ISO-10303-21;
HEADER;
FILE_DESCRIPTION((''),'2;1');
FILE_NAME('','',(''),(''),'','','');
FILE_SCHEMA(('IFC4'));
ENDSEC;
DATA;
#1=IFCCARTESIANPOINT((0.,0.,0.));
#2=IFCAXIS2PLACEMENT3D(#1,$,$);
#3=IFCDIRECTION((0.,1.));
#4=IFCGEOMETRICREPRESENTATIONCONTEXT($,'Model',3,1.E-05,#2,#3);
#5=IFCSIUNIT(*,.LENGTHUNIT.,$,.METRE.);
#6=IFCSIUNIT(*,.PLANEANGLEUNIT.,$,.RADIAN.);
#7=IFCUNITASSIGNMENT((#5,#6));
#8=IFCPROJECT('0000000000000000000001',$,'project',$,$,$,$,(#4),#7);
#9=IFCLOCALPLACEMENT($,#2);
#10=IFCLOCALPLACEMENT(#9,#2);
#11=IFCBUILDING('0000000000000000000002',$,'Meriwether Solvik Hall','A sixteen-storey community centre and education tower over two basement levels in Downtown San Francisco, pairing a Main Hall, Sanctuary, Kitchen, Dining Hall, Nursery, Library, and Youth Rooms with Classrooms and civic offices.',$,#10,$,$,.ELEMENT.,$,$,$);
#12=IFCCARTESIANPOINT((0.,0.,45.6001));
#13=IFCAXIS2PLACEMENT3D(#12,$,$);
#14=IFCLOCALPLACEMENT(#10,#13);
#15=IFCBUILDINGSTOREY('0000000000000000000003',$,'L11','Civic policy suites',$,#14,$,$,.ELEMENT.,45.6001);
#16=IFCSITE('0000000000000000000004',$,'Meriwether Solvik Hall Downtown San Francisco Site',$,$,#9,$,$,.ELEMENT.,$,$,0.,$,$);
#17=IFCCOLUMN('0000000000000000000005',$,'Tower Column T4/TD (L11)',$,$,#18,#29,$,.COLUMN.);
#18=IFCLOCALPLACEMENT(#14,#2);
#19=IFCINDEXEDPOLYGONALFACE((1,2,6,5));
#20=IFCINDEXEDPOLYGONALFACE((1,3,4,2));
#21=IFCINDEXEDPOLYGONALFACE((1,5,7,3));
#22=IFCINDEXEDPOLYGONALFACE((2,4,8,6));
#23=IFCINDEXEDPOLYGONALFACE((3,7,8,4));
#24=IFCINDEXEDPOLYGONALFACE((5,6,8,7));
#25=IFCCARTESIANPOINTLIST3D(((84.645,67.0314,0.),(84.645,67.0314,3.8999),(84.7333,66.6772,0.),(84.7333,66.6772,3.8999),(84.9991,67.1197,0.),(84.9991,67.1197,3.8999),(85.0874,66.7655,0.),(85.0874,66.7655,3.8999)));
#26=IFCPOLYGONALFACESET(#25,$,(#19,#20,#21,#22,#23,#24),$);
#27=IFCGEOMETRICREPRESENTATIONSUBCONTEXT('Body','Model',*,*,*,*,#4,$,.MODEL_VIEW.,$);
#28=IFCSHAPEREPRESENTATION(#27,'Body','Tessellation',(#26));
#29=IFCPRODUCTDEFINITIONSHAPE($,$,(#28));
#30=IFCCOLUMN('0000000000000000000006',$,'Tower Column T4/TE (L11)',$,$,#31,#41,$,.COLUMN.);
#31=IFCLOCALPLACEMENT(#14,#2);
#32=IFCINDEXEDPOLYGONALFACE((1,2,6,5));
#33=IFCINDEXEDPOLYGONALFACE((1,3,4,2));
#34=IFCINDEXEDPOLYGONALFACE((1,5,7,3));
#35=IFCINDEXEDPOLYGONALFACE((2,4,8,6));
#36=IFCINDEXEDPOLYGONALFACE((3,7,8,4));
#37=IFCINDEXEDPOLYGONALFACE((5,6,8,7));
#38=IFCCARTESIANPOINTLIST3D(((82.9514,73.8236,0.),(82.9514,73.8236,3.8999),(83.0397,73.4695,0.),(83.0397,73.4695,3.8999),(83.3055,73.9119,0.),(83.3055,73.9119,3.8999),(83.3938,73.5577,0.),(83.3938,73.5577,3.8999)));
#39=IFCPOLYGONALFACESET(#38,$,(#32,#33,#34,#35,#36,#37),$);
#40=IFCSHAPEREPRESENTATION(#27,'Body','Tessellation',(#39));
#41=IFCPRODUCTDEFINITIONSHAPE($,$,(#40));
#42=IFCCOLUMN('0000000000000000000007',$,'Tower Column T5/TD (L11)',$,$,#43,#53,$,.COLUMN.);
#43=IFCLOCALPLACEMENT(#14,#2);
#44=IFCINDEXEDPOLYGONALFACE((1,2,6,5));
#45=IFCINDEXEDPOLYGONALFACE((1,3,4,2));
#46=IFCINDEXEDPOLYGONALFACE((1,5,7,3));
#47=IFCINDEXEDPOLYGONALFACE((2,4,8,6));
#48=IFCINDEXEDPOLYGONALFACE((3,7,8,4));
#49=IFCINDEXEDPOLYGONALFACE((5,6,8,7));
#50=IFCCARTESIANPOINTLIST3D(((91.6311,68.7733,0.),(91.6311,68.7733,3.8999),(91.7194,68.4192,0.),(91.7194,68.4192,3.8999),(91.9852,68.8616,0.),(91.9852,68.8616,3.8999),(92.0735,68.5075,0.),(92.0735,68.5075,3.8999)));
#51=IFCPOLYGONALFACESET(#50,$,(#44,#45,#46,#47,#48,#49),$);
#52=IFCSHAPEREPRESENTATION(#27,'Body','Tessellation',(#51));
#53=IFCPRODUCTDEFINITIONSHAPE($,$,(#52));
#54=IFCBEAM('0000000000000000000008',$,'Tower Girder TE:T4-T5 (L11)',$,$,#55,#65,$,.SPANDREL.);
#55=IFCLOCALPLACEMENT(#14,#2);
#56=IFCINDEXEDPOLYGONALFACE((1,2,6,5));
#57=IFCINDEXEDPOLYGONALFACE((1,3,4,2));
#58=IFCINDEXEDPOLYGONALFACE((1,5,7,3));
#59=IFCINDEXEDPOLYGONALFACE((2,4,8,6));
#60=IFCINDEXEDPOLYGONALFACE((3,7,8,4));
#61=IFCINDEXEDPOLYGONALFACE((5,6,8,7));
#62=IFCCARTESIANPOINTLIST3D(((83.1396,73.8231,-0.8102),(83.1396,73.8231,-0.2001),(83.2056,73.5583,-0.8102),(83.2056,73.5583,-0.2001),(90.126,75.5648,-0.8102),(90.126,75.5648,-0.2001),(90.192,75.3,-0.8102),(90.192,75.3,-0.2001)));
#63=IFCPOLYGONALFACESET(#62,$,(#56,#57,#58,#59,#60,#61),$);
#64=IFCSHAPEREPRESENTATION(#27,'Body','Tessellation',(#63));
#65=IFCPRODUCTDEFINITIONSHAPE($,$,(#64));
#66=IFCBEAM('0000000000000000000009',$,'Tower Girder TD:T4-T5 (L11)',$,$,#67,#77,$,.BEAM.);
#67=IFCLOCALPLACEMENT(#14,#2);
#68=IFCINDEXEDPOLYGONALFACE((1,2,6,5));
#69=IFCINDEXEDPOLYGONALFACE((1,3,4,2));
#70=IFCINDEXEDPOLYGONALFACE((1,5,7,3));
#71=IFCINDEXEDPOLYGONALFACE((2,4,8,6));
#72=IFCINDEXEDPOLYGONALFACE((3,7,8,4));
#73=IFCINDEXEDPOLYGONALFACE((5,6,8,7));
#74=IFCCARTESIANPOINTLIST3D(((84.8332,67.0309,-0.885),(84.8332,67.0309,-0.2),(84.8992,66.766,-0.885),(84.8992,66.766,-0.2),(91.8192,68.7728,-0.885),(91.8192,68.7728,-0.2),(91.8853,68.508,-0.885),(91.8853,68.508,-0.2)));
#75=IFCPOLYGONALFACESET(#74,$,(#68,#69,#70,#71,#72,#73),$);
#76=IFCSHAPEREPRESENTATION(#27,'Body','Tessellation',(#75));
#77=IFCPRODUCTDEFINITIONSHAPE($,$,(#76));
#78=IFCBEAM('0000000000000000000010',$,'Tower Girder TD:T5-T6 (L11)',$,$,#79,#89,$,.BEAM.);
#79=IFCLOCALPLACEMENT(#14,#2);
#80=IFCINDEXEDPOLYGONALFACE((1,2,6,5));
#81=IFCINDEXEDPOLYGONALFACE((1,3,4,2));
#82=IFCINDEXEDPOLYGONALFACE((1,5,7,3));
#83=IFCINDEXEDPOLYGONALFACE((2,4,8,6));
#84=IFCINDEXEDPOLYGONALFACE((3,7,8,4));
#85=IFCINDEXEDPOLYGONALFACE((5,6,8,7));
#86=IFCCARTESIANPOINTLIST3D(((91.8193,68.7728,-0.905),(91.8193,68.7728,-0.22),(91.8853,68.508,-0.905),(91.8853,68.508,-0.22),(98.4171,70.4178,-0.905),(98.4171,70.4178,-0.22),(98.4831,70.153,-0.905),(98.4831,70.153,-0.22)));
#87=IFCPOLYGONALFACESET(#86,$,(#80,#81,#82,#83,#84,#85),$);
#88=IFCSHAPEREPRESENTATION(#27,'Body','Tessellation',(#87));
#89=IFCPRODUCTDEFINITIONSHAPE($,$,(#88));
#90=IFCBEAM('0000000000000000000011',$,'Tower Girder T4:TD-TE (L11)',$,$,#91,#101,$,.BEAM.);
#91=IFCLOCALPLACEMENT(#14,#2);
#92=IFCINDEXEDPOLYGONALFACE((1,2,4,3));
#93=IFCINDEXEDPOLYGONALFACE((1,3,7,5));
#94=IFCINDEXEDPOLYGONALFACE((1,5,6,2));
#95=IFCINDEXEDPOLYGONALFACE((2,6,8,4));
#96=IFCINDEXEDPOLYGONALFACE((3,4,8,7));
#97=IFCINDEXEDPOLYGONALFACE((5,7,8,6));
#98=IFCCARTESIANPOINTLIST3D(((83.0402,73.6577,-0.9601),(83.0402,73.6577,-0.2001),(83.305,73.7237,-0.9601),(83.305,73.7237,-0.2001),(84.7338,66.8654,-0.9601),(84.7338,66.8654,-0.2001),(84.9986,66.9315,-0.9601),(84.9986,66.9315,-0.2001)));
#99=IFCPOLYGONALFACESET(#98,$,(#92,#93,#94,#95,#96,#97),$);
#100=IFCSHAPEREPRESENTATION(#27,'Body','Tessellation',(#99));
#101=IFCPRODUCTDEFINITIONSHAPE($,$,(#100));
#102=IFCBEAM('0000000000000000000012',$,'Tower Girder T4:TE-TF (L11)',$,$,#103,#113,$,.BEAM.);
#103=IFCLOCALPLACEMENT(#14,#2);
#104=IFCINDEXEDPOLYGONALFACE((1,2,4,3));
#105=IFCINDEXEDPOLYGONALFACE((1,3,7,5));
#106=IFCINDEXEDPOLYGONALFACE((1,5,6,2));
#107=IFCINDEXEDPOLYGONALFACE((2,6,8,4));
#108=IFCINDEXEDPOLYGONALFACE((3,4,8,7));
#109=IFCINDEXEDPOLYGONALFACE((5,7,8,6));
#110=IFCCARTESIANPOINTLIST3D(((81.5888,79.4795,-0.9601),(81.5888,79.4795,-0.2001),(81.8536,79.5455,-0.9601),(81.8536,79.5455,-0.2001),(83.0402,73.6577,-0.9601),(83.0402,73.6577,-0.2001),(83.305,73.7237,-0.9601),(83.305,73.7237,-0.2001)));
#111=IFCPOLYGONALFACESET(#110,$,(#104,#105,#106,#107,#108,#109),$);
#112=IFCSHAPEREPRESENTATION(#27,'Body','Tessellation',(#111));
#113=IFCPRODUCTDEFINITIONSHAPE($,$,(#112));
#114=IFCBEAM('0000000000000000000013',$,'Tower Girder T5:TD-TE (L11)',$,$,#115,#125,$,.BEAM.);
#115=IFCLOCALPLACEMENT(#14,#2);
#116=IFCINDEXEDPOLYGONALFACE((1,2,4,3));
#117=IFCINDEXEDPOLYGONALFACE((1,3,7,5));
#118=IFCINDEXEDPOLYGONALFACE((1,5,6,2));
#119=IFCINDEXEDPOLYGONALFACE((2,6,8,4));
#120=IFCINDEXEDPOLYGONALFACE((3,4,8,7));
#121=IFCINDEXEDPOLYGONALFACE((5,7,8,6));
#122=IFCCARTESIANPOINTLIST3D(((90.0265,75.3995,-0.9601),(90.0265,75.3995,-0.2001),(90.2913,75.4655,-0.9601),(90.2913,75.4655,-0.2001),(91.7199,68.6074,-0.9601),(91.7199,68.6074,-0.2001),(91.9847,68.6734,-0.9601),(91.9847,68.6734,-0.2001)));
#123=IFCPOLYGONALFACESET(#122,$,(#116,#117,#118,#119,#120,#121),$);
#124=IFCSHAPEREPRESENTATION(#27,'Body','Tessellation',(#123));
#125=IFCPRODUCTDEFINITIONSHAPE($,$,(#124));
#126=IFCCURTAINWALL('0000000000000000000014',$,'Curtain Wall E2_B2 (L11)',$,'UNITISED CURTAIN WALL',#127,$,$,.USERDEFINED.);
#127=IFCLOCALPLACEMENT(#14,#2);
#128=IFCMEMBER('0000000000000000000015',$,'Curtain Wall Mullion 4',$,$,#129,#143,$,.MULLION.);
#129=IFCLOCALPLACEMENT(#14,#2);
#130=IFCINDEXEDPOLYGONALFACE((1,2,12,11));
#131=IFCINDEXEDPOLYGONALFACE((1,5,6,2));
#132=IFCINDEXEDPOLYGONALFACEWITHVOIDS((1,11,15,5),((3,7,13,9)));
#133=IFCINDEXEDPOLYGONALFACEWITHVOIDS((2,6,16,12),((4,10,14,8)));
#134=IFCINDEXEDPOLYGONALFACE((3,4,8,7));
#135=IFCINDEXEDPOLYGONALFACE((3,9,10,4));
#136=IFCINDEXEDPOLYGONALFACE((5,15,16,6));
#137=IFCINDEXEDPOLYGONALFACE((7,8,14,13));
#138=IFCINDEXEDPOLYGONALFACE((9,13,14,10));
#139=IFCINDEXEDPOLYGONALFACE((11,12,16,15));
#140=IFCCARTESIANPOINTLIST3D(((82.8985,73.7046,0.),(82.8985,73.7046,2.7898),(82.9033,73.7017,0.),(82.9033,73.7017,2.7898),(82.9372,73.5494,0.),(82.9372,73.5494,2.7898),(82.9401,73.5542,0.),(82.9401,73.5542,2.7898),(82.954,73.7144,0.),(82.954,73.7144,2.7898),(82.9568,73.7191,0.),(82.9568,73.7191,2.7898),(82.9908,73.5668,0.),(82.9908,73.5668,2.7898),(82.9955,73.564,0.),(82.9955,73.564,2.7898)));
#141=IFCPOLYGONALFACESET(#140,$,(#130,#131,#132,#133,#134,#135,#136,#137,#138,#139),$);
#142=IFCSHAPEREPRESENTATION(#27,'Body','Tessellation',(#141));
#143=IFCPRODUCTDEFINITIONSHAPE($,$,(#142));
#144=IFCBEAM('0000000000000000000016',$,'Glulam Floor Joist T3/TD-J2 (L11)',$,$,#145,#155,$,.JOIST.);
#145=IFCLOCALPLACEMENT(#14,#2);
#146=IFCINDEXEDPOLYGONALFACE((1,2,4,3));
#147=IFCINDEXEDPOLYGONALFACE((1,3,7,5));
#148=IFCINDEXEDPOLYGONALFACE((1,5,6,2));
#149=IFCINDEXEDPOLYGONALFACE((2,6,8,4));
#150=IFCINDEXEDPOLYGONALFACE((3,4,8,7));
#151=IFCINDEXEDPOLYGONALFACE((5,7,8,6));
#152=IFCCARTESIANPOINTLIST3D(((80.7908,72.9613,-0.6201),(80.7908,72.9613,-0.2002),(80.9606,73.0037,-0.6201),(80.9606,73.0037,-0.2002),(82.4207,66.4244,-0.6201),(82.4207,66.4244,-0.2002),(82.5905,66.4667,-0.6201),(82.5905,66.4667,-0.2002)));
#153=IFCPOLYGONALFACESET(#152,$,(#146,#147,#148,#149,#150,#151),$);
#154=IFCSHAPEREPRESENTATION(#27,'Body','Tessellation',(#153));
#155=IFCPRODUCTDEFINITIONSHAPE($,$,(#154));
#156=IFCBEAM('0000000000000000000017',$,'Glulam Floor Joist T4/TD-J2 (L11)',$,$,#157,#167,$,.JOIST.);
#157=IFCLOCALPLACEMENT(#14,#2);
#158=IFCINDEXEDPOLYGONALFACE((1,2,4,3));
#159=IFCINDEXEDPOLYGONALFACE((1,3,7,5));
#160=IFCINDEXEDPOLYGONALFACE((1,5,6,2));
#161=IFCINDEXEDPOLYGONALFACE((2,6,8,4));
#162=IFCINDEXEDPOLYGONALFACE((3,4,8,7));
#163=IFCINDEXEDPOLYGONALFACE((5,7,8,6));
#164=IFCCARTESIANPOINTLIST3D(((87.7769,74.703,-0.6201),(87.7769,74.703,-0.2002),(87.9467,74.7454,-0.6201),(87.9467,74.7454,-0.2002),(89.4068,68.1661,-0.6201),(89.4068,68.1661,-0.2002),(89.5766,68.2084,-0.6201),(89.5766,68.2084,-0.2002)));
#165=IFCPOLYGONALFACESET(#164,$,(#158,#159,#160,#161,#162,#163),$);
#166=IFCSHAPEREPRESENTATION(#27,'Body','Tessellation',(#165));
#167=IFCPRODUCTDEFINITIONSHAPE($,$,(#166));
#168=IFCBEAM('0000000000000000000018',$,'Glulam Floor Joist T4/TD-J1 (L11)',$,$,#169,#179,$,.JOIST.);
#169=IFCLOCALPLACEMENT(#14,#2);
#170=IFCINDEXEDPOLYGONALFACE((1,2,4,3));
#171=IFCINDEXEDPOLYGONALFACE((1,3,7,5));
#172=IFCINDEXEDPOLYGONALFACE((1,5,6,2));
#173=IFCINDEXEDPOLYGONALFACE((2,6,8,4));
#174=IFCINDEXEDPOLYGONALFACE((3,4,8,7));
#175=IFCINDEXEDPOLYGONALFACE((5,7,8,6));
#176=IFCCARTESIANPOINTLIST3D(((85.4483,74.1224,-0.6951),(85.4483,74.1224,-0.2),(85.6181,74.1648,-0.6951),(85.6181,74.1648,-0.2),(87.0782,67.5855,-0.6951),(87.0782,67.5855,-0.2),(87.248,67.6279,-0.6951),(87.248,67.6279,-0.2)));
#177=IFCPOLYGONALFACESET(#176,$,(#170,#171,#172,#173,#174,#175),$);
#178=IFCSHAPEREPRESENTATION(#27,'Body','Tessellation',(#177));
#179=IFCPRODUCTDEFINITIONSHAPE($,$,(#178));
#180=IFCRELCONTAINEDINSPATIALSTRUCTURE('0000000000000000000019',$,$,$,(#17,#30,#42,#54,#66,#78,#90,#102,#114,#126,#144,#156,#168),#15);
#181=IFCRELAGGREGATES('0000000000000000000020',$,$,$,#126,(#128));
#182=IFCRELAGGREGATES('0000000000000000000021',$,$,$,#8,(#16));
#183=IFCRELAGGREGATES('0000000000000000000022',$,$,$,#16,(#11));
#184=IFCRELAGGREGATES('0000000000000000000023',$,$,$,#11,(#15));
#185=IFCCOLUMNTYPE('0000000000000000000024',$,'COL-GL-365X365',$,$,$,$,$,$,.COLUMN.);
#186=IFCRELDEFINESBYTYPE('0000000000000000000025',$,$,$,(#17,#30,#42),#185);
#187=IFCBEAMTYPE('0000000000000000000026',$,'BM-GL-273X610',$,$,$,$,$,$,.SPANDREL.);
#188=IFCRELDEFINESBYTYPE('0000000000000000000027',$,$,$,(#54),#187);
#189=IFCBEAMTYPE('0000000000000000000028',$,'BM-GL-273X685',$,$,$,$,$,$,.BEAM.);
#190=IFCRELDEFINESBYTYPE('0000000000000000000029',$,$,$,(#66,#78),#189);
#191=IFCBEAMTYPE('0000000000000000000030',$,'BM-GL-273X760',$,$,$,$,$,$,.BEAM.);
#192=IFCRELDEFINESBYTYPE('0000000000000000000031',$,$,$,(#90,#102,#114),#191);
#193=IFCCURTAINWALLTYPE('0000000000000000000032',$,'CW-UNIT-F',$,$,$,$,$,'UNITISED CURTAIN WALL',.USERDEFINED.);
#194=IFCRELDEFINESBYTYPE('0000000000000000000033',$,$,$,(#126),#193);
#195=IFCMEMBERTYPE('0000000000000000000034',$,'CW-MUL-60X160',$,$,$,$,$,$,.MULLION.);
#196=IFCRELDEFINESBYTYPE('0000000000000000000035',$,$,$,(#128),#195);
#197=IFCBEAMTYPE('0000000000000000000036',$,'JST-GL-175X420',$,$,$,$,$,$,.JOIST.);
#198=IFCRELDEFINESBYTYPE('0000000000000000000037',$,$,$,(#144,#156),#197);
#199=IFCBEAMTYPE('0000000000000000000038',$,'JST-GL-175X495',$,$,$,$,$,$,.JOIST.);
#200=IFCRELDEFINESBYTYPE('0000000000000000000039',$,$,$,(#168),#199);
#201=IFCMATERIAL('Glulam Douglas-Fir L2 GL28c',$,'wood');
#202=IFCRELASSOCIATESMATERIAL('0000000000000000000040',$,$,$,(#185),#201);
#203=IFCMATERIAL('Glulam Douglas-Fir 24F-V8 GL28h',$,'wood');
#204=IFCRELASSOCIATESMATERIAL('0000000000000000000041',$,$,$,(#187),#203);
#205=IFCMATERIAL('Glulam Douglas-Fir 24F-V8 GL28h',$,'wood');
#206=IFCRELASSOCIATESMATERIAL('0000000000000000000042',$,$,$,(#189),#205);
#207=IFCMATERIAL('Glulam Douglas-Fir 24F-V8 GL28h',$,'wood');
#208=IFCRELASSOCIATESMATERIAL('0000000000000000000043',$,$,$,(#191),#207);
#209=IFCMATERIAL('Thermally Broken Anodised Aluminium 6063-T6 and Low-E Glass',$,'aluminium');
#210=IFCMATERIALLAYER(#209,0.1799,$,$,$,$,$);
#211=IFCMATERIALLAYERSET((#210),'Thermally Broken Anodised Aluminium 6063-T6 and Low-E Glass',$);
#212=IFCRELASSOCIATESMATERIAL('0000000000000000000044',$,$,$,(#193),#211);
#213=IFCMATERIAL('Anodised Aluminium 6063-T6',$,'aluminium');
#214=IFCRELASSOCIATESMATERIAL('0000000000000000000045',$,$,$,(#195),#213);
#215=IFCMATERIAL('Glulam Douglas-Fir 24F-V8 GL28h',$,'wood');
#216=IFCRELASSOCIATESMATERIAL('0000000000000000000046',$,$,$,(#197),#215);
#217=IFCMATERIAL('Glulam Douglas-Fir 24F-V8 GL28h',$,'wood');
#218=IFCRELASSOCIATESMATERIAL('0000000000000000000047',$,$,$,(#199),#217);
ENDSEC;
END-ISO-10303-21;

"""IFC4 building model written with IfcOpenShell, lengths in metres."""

from ifc_helpers import new_model, si_unit, direction, frame, origin, origin_2d, place, context, subcontext, project, spatial, rectangle, hollow_rectangle, extrude, material, layer, layer_set, material_profile, profile_set, type_object, element, aggregate, save


model = new_model("IFC4")

# Units and contexts
model_context = context("Model", 3, precision=1e-05, world=origin(), true_north=direction((0.0, 1.0)))
body_context = subcontext(model_context, "Body", "Model", "MODEL_VIEW")
ifc_project = project(units=[si_unit("LENGTHUNIT", "METRE"), si_unit("PLANEANGLEUNIT", "RADIAN")], contexts=[model_context])

# Site, building, storey
site_placement = place(None, origin())
site = spatial("IfcSite", under=ifc_project, at=site_placement, Name="Meriwether Solvik Hall Downtown San Francisco Site", CompositionType="ELEMENT", RefElevation=0.0)
building_placement = place(site_placement, origin())
building = spatial("IfcBuilding", under=site, at=building_placement, Name="Meriwether Solvik Hall", Description="A sixteen-storey community centre and education tower over two basement levels in Downtown San Francisco, pairing a Main Hall, Sanctuary, Kitchen, Dining Hall, Nursery, Library, and Youth Rooms with Classrooms and civic offices.", CompositionType="ELEMENT")
storey_placement = place(building_placement, frame((0.0, 0.0, 45.6001)))
storey = spatial("IfcBuildingStorey", under=building, at=storey_placement, Name="L11", Description="Civic policy suites", CompositionType="ELEMENT", Elevation=45.6001)

# Columns
ifc_material_1 = material(Name="Glulam Douglas-Fir L2 GL28c", Category="wood")
ifc_material_profile_1 = material_profile(ifc_material_1, rectangle(XDim=0.365, YDim=0.365, at=origin_2d()), Name="GLC-365X365")
ifc_profile_set_1 = profile_set([ifc_material_profile_1], Name="Glulam Douglas-Fir L2 GL28c")
column_type = type_object("IfcColumnType", Name="COL-GL-365X365", PredefinedType="COLUMN", material=ifc_profile_set_1)
for number, where, z_axis, x_axis, name in (
    (1, (84.8662, 66.8984, 0.0), (0.0, 0.0, 1.0), (0.970296, 0.241922, 0.0), "Tower Column T4/TD (L11)"),
    (2, (83.1726, 73.6907, 0.0), (0.0, 0.0, 1.0), (0.970296, 0.241922, 0.0), "Tower Column T4/TE (L11)"),
    (3, (91.8523, 68.6404, 0.0), (0.0, 0.0, 1.0), (0.970296, 0.241922, 0.0), "Tower Column T5/TD (L11)"),
):
    element("IfcColumn", number, at=place(storey_placement, frame(where, z_axis=z_axis, x_axis=x_axis)), inside=storey, type_object=column_type, Name=name, PredefinedType="COLUMN", context=body_context, shape_type="SweptSolid", body=[
        extrude(rectangle(XDim=0.365, YDim=0.365, at=origin_2d()), origin(), (0.0, 0.0, 1.0), 3.8999),
    ])

# Beams
ifc_material_2 = material(Name="Glulam Douglas-Fir 24F-V8 GL28h", Category="wood")
ifc_material_profile_2 = material_profile(ifc_material_2, rectangle(XDim=0.2729, YDim=0.6101, at=origin_2d()), Name="GLB-273X610")
ifc_profile_set_2 = profile_set([ifc_material_profile_2], Name="Glulam Douglas-Fir 24F-V8 GL28h")
beam_type_1 = type_object("IfcBeamType", Name="BM-GL-273X610", PredefinedType="SPANDREL", material=ifc_profile_set_2)
beam_1_placement = place(storey_placement, frame((83.1726, 73.6907, -0.5051), z_axis=(0.970302, 0.241897, 0.0), x_axis=(-0.241897, 0.970302, 0.0)))
element("IfcBeam", 4, at=beam_1_placement, inside=storey, type_object=beam_type_1, Name="Tower Girder TE:T4-T5 (L11)", PredefinedType="SPANDREL", context=body_context, shape_type="SweptSolid", body=[
    extrude(rectangle(XDim=0.2729, YDim=0.6101, at=origin_2d()), origin(), (0.0, 0.0, 1.0), 7.2002),
])
ifc_material_3 = material(Name="Glulam Douglas-Fir 24F-V8 GL28h", Category="wood")
ifc_material_profile_3 = material_profile(ifc_material_3, rectangle(XDim=0.2729, YDim=0.6851, at=origin_2d()), Name="GLB-273X685")
ifc_profile_set_3 = profile_set([ifc_material_profile_3], Name="Glulam Douglas-Fir 24F-V8 GL28h")
beam_type_2 = type_object("IfcBeamType", Name="BM-GL-273X685", PredefinedType="BEAM", material=ifc_profile_set_3)
beam_2_placement = place(storey_placement, frame((84.8662, 66.8984, -0.5425), z_axis=(0.970292, 0.241937, 0.0), x_axis=(-0.241937, 0.970292, 0.0)))
element("IfcBeam", 5, at=beam_2_placement, inside=storey, type_object=beam_type_2, Name="Tower Girder TD:T4-T5 (L11)", PredefinedType="BEAM", context=body_context, shape_type="SweptSolid", body=[
    extrude(rectangle(XDim=0.2729, YDim=0.6851, at=origin_2d()), origin(), (0.0, 0.0, 1.0), 7.2),
])
beam_3_placement = place(storey_placement, frame((91.8523, 68.6404, -0.5625), z_axis=(0.970296, 0.241919, 0.0), x_axis=(-0.241919, 0.970296, 0.0)))
element("IfcBeam", 6, at=beam_3_placement, inside=storey, type_object=beam_type_2, Name="Tower Girder TD:T5-T6 (L11)", PredefinedType="BEAM", context=body_context, shape_type="SweptSolid", body=[
    extrude(rectangle(XDim=0.2729, YDim=0.6851, at=origin_2d()), origin(), (0.0, 0.0, 1.0), 6.7998),
])
ifc_material_4 = material(Name="Glulam Douglas-Fir 24F-V8 GL28h", Category="wood")
ifc_material_profile_4 = material_profile(ifc_material_4, rectangle(XDim=0.2729, YDim=0.76, at=origin_2d()), Name="GLB-273X760")
ifc_profile_set_4 = profile_set([ifc_material_profile_4], Name="Glulam Douglas-Fir 24F-V8 GL28h")
beam_type_3 = type_object("IfcBeamType", Name="BM-GL-273X760", PredefinedType="BEAM", material=ifc_profile_set_4)
beam_4_placement = place(storey_placement, frame((84.8662, 66.8984, -0.5801), z_axis=(-0.241937, 0.970292, 0.0), x_axis=(-0.970292, -0.241937, 0.0)))
element("IfcBeam", 7, at=beam_4_placement, inside=storey, type_object=beam_type_3, Name="Tower Girder T4:TD-TE (L11)", PredefinedType="BEAM", context=body_context, shape_type="SweptSolid", body=[
    extrude(rectangle(XDim=0.2729, YDim=0.76, at=origin_2d()), origin(), (0.0, 0.0, 1.0), 7.0002),
])
beam_5_placement = place(storey_placement, frame((83.1726, 73.6907, -0.5801), z_axis=(-0.241904, 0.9703, 0.0), x_axis=(-0.9703, -0.241904, 0.0)))
element("IfcBeam", 8, at=beam_5_placement, inside=storey, type_object=beam_type_3, Name="Tower Girder T4:TE-TF (L11)", PredefinedType="BEAM", context=body_context, shape_type="SweptSolid", body=[
    extrude(rectangle(XDim=0.2729, YDim=0.76, at=origin_2d()), origin(), (0.0, 0.0, 1.0), 6.0),
])
beam_6_placement = place(storey_placement, frame((91.8523, 68.6404, -0.5801), z_axis=(-0.241912, 0.970298, 0.0), x_axis=(-0.970298, -0.241912, 0.0)))
element("IfcBeam", 9, at=beam_6_placement, inside=storey, type_object=beam_type_3, Name="Tower Girder T5:TD-TE (L11)", PredefinedType="BEAM", context=body_context, shape_type="SweptSolid", body=[
    extrude(rectangle(XDim=0.2729, YDim=0.76, at=origin_2d()), origin(), (0.0, 0.0, 1.0), 7.0),
])

# Curtain wall, member
ifc_material_5 = material(Name="Thermally Broken Anodised Aluminium 6063-T6 and Low-E Glass", Category="aluminium")
ifc_layer_1 = layer(ifc_material_5, 0.1799)
ifc_layer_set_1 = layer_set([ifc_layer_1], Name="Thermally Broken Anodised Aluminium 6063-T6 and Low-E Glass")
curtain_wall_type = type_object("IfcCurtainWallType", Name="CW-UNIT-F", ElementType="UNITISED CURTAIN WALL", PredefinedType="USERDEFINED", material=ifc_layer_set_1)
curtain_wall_placement = place(storey_placement, origin())
curtain_wall = element("IfcCurtainWall", 10, at=curtain_wall_placement, inside=storey, type_object=curtain_wall_type, Name="Curtain Wall E2_B2 (L11)", ObjectType="UNITISED CURTAIN WALL", PredefinedType="USERDEFINED")
ifc_material_6 = material(Name="Anodised Aluminium 6063-T6", Category="aluminium")
ifc_material_profile_5 = material_profile(ifc_material_6, hollow_rectangle(XDim=0.0601, YDim=0.1599, WallThickness=0.0039, at=origin_2d()), Name="CWM-60X160")
ifc_profile_set_5 = profile_set([ifc_material_profile_5], Name="Anodised Aluminium 6063-T6")
member_type_1 = type_object("IfcMemberType", Name="CW-MUL-60X160", PredefinedType="MULLION", material=ifc_profile_set_5)
member_1_placement = place(storey_placement, frame((82.947, 73.6343, 0.0), z_axis=(0.0, 0.0, 1.0), x_axis=(0.970296, 0.241922, 0.0)))
member_1 = element("IfcMember", 11, at=member_1_placement, type_object=member_type_1, Name="Curtain Wall Mullion 4", PredefinedType="MULLION", context=body_context, shape_type="SweptSolid", body=[
    extrude(hollow_rectangle(XDim=0.0601, YDim=0.1599, WallThickness=0.0039, at=origin_2d()), origin(), (0.0, 0.0, 1.0), 2.7898),
])

# Beams
ifc_material_7 = material(Name="Glulam Douglas-Fir 24F-V8 GL28h", Category="wood")
ifc_material_profile_6 = material_profile(ifc_material_7, rectangle(XDim=0.175, YDim=0.4199, at=origin_2d()), Name="GLJ-175X420")
ifc_profile_set_6 = profile_set([ifc_material_profile_6], Name="Glulam Douglas-Fir 24F-V8 GL28h")
beam_type_4 = type_object("IfcBeamType", Name="JST-GL-175X420", PredefinedType="JOIST", material=ifc_profile_set_6)
for number, where, z_axis, x_axis, name in (
    (12, (82.5056, 66.4456, -0.4102), (-0.24193, 0.970294, 0.0), (-0.970294, -0.24193, 0.0), "Glulam Floor Joist T3/TD-J2 (L11)"),
    (13, (89.4917, 68.1873, -0.4102), (-0.24193, 0.970294, 0.0), (-0.970294, -0.24193, 0.0), "Glulam Floor Joist T4/TD-J2 (L11)"),
):
    element("IfcBeam", number, at=place(storey_placement, frame(where, z_axis=z_axis, x_axis=x_axis)), inside=storey, type_object=beam_type_4, Name=name, PredefinedType="JOIST", context=body_context, shape_type="SweptSolid", body=[
        extrude(rectangle(XDim=0.175, YDim=0.4199, at=origin_2d()), origin(), (0.0, 0.0, 1.0), 6.7371),
    ])
ifc_material_8 = material(Name="Glulam Douglas-Fir 24F-V8 GL28h", Category="wood")
ifc_material_profile_7 = material_profile(ifc_material_8, rectangle(XDim=0.175, YDim=0.4951, at=origin_2d()), Name="GLJ-175X495")
ifc_profile_set_7 = profile_set([ifc_material_profile_7], Name="Glulam Douglas-Fir 24F-V8 GL28h")
beam_type_5 = type_object("IfcBeamType", Name="JST-GL-175X495", PredefinedType="JOIST", material=ifc_profile_set_7)
beam_7_placement = place(storey_placement, frame((87.1631, 67.6067, -0.4475), z_axis=(-0.24193, 0.970294, 0.0), x_axis=(-0.970294, -0.24193, 0.0)))
element("IfcBeam", 14, at=beam_7_placement, inside=storey, type_object=beam_type_5, Name="Glulam Floor Joist T4/TD-J1 (L11)", PredefinedType="JOIST", context=body_context, shape_type="SweptSolid", body=[
    extrude(rectangle(XDim=0.175, YDim=0.4951, at=origin_2d()), origin(), (0.0, 0.0, 1.0), 6.7371),
])

aggregate(curtain_wall, [member_1])

save(model, "model.ifc")
